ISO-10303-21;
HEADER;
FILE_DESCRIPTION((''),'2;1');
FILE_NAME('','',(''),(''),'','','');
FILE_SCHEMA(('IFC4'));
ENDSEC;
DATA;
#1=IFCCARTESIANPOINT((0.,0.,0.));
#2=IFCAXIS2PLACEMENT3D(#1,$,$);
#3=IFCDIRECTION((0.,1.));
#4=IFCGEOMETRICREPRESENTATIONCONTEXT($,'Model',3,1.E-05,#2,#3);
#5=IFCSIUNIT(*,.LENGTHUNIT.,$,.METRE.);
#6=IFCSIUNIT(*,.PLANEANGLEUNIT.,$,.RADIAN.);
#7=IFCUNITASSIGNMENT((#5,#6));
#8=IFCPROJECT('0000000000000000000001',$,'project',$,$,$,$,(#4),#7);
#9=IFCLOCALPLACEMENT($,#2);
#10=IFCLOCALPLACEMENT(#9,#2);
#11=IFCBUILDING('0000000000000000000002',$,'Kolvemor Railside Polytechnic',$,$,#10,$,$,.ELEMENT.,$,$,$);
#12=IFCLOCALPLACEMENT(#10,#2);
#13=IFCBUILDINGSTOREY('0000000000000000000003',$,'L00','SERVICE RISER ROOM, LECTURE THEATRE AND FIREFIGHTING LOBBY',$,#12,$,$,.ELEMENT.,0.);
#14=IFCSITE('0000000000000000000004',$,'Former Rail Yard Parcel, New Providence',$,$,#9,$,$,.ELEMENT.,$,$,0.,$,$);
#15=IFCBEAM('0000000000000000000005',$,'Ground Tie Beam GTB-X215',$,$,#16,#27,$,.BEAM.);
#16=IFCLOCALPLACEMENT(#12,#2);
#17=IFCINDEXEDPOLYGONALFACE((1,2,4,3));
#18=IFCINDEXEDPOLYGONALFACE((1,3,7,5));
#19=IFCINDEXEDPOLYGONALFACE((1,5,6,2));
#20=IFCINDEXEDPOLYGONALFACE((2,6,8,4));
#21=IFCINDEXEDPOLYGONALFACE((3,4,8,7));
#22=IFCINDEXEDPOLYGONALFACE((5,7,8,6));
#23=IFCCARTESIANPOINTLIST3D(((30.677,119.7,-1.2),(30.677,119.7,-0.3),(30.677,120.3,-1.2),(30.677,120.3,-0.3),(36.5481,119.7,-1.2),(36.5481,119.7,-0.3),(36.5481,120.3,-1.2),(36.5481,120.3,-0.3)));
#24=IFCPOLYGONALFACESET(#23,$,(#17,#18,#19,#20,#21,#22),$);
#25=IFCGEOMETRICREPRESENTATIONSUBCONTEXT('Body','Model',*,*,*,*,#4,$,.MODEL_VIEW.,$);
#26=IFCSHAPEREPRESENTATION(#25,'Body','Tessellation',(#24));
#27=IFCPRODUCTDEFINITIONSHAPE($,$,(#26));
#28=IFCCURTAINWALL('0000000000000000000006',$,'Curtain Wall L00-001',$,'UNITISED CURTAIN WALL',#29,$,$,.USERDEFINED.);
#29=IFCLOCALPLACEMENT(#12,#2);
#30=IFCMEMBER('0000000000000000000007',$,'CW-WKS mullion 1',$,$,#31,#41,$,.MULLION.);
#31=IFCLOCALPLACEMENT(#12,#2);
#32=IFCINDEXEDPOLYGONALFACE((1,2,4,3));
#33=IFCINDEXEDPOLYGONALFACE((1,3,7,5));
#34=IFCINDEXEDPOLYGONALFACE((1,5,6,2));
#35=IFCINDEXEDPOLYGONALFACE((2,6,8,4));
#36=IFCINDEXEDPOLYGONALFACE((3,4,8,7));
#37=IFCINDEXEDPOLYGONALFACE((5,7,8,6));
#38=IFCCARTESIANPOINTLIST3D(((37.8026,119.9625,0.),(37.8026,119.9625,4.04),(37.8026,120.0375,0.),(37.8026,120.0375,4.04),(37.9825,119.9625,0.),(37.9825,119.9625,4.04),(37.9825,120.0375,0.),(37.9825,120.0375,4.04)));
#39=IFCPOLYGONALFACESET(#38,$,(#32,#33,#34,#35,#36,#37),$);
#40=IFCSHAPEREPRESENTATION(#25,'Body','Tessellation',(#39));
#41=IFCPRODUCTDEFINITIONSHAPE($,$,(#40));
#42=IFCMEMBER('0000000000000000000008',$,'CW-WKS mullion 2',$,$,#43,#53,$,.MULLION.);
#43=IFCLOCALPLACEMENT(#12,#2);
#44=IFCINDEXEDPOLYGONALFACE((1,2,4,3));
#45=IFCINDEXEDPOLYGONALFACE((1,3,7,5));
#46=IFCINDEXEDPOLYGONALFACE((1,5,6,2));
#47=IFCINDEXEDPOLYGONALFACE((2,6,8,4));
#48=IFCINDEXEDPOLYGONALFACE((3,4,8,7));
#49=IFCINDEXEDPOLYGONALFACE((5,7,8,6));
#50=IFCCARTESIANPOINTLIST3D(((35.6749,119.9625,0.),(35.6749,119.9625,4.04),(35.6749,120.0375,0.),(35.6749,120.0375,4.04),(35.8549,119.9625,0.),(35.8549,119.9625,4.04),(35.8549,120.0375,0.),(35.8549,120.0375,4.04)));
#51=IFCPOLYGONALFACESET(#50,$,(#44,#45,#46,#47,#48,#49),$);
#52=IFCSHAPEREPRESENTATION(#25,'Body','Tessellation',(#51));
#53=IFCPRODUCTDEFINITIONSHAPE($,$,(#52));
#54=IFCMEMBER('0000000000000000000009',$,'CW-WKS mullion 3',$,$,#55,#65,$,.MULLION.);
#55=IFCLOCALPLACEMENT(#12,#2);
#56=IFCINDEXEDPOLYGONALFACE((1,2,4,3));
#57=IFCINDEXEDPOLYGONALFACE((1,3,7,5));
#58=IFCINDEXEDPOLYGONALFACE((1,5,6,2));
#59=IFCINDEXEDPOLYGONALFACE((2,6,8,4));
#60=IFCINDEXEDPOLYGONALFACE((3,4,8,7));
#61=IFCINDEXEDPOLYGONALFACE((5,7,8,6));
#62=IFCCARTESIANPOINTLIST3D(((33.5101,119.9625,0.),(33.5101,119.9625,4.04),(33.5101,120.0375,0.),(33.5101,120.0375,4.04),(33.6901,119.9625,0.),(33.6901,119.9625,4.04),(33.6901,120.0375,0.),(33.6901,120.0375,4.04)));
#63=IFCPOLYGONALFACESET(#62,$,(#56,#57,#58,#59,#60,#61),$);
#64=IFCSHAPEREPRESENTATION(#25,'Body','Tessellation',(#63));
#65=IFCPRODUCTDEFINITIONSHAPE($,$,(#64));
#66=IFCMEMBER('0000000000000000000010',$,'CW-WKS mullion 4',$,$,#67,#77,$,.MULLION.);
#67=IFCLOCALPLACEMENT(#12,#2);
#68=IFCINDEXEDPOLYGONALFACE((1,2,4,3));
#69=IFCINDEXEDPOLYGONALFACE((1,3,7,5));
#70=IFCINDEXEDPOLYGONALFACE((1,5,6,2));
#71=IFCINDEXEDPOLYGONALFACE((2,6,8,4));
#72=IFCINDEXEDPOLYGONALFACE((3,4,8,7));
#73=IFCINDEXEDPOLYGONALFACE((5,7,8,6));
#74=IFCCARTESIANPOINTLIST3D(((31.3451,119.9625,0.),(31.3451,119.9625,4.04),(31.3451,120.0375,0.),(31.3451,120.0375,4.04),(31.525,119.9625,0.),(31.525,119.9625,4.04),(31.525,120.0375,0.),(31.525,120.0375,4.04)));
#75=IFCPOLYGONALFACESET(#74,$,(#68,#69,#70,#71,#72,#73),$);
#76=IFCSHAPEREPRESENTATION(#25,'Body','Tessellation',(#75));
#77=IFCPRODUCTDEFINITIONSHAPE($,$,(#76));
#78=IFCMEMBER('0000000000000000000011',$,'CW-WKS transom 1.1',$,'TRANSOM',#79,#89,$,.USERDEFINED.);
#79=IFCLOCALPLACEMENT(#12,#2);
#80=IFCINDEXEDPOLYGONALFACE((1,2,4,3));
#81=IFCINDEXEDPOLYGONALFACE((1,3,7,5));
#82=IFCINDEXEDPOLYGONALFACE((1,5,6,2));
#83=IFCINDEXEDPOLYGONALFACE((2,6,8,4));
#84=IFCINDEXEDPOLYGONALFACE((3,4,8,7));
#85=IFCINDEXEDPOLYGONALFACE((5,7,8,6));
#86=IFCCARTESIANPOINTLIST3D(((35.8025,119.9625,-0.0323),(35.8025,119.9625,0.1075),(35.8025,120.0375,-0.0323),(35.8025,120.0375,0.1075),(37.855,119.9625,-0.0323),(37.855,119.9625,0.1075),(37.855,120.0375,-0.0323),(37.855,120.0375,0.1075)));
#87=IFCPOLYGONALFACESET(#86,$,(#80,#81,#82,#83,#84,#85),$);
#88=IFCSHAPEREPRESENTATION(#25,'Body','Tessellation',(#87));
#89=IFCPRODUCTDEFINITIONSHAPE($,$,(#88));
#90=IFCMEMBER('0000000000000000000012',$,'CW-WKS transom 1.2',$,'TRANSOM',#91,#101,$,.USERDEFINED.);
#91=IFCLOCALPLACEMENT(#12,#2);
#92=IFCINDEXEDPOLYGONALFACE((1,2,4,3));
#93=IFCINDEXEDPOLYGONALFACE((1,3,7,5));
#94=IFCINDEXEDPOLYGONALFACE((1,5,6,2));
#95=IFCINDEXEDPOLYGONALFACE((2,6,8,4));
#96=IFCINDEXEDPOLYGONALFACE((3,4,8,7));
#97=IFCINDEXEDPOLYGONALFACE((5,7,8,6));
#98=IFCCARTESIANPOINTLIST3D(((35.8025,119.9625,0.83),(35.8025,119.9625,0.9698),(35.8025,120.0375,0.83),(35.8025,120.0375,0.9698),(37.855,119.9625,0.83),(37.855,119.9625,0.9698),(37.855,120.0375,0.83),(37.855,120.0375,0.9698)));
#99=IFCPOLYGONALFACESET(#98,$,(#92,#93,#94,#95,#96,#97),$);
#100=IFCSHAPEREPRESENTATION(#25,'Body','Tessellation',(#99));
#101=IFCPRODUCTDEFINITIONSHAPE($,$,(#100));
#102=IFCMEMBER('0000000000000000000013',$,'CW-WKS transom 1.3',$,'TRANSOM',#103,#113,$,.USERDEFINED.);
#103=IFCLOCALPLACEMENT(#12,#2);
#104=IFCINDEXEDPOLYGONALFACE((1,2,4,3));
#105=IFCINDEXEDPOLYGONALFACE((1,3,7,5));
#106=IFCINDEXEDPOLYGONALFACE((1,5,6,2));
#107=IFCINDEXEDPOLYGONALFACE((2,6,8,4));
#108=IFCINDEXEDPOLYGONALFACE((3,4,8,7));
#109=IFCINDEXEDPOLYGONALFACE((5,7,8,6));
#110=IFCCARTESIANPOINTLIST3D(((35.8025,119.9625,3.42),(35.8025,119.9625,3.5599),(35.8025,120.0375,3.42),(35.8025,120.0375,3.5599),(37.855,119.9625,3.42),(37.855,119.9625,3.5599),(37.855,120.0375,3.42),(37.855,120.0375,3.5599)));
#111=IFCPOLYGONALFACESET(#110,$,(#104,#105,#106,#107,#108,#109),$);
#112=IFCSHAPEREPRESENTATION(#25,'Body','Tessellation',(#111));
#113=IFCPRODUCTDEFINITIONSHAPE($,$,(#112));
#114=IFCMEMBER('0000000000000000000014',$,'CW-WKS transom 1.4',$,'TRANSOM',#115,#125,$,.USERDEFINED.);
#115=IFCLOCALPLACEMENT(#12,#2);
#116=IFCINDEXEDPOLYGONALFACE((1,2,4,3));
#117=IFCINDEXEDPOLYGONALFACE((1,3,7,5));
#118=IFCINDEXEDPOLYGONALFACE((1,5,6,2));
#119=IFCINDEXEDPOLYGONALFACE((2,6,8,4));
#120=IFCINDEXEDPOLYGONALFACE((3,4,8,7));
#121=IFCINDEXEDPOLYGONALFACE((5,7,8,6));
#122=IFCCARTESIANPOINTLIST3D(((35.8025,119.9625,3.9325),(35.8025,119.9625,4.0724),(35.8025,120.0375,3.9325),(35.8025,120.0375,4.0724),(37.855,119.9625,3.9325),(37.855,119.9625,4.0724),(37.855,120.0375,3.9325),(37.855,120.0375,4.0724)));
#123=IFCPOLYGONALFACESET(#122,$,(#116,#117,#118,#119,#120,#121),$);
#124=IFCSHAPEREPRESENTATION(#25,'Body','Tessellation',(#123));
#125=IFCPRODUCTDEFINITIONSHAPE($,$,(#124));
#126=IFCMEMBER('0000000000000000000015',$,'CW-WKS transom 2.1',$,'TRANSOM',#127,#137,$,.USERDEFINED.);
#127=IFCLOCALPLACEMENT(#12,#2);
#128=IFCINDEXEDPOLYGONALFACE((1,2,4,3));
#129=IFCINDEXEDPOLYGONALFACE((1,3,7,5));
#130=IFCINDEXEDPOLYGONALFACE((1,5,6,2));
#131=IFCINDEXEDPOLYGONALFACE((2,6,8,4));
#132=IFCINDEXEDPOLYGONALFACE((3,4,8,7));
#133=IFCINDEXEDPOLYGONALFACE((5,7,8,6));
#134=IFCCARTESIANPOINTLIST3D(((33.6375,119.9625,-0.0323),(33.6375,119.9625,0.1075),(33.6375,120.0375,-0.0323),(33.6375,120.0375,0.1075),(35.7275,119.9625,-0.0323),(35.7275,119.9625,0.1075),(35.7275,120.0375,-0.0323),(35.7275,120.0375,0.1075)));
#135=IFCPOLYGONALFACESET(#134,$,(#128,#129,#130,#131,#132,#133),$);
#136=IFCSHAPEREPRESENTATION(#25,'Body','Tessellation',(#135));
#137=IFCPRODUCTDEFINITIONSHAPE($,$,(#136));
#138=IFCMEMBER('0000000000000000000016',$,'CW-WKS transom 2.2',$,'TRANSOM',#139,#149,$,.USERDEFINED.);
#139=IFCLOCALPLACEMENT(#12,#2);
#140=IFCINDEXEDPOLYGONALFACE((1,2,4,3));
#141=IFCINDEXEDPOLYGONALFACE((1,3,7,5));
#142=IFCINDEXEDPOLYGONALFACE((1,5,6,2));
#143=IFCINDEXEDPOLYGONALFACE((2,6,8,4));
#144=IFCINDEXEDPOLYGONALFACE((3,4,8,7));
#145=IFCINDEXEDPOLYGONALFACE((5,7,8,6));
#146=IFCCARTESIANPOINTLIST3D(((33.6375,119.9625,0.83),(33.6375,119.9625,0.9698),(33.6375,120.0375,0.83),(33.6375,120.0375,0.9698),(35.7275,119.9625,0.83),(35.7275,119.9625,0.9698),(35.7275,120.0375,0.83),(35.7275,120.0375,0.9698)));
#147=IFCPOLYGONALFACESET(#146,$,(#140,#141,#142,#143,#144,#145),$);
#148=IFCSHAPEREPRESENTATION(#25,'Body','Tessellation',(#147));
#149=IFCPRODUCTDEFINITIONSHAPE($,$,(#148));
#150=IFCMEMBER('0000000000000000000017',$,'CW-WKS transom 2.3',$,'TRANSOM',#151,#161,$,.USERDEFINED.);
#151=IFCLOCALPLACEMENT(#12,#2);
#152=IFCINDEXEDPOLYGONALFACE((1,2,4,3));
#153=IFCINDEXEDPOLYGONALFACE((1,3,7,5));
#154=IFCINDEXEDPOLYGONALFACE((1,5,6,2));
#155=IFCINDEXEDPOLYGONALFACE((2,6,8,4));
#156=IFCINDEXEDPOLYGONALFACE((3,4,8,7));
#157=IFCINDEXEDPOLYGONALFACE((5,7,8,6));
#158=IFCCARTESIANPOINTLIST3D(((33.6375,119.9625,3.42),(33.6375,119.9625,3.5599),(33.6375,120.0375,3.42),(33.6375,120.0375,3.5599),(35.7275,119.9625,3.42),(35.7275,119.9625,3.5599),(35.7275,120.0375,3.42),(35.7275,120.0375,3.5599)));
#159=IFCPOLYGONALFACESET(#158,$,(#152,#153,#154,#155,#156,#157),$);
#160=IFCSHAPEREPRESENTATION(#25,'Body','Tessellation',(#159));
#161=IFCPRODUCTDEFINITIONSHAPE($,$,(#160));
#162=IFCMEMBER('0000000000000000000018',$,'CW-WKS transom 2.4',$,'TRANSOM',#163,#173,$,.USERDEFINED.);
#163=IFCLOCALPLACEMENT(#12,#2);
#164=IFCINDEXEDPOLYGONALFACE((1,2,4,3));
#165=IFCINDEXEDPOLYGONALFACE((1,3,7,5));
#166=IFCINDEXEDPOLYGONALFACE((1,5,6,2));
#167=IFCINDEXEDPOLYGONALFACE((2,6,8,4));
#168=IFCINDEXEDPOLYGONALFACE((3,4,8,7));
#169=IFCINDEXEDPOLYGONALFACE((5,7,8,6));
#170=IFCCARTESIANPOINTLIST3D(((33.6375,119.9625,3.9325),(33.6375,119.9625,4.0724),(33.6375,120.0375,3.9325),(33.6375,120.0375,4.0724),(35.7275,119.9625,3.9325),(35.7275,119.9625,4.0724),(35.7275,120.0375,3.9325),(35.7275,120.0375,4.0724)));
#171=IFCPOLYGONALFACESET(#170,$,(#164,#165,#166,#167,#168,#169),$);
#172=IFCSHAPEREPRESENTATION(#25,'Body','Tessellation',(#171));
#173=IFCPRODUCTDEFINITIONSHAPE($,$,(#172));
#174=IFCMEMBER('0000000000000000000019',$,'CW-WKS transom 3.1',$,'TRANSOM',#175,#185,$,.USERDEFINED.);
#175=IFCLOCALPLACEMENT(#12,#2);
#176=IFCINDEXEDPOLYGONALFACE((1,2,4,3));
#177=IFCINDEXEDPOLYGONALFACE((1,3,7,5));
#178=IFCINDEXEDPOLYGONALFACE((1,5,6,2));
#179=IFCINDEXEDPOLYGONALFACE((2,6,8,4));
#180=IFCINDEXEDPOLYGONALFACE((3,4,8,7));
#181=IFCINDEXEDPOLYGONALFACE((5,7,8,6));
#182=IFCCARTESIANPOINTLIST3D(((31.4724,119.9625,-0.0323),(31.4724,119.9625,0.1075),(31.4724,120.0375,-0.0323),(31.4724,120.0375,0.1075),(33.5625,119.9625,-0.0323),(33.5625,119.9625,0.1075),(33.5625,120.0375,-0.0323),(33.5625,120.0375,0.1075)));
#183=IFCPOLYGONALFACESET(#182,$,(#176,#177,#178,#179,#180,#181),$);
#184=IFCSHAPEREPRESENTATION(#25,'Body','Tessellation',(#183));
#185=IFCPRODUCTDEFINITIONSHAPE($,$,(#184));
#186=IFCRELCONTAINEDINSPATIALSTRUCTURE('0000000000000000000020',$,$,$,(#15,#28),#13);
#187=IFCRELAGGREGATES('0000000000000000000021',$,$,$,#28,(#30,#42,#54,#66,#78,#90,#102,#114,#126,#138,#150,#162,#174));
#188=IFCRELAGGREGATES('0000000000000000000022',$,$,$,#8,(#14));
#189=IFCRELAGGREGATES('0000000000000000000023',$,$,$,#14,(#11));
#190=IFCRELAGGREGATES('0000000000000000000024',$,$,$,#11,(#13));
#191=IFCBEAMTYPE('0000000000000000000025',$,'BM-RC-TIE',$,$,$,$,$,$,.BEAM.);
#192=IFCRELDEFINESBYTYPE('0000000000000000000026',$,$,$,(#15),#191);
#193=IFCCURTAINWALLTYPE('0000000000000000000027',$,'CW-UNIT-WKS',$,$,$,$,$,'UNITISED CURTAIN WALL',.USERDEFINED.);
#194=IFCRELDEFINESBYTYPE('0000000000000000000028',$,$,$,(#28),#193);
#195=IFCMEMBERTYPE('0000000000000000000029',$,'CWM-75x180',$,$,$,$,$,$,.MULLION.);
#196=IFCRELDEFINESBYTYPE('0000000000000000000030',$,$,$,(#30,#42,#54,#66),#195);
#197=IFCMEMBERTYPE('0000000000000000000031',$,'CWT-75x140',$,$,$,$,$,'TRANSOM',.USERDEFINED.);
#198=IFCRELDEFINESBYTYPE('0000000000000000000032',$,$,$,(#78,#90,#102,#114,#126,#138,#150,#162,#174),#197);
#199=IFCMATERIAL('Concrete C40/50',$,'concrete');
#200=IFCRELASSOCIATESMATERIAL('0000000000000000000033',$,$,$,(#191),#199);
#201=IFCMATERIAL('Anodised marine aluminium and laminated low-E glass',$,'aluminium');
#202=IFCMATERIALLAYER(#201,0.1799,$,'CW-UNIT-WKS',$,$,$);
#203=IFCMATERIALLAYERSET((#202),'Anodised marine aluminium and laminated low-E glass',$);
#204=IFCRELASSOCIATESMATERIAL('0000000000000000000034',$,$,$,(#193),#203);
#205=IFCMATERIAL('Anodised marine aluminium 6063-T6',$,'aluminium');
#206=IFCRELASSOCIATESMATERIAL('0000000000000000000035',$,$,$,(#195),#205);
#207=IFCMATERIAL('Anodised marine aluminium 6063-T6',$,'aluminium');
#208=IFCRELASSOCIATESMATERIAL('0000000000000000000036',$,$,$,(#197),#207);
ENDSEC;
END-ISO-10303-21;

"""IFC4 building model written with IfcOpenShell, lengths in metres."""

from ifc_helpers import new_model, si_unit, direction, frame, origin, origin_2d, place, context, subcontext, project, spatial, rectangle, extrude, material, layer, layer_set, material_profile, profile_set, type_object, element, aggregate, save


model = new_model("IFC4")

# Units and contexts
model_context = context("Model", 3, precision=1e-05, world=origin(), true_north=direction((0.0, 1.0)))
body_context = subcontext(model_context, "Body", "Model", "MODEL_VIEW")
ifc_project = project(units=[si_unit("LENGTHUNIT", "METRE"), si_unit("PLANEANGLEUNIT", "RADIAN")], contexts=[model_context])

# Site, building, storey
site_placement = place(None, origin())
site = spatial("IfcSite", under=ifc_project, at=site_placement, Name="Former Rail Yard Parcel, New Providence", CompositionType="ELEMENT", RefElevation=0.0)
building_placement = place(site_placement, origin())
building = spatial("IfcBuilding", under=site, at=building_placement, Name="Kolvemor Railside Polytechnic", CompositionType="ELEMENT")
storey_placement = place(building_placement, origin())
storey = spatial("IfcBuildingStorey", under=building, at=storey_placement, Name="L00", Description="SERVICE RISER ROOM, LECTURE THEATRE AND FIREFIGHTING LOBBY", CompositionType="ELEMENT", Elevation=0.0)

# Beam
ifc_material_1 = material(Name="Concrete C40/50", Category="concrete")
ifc_material_profile_1 = material_profile(ifc_material_1, rectangle(XDim=0.6001, YDim=0.8999, at=origin_2d()), Name="RC600x900")
ifc_profile_set_1 = profile_set([ifc_material_profile_1], Name="Concrete C40/50")
beam_type = type_object("IfcBeamType", Name="BM-RC-TIE", PredefinedType="BEAM", material=ifc_profile_set_1)
beam_placement = place(storey_placement, frame((30.677, 120.0, -0.75), z_axis=(1.0, 0.0, 0.0), x_axis=(0.0, 1.0, 0.0)))
element("IfcBeam", 1, at=beam_placement, inside=storey, type_object=beam_type, Name="Ground Tie Beam GTB-X215", PredefinedType="BEAM", context=body_context, shape_type="SweptSolid", body=[
    extrude(rectangle(XDim=0.6001, YDim=0.8999, at=origin_2d()), origin(), (0.0, 0.0, 1.0), 5.8711),
])

# Curtain wall, members
ifc_material_2 = material(Name="Anodised marine aluminium and laminated low-E glass", Category="aluminium")
ifc_layer_1 = layer(ifc_material_2, 0.1799, Name="CW-UNIT-WKS")
ifc_layer_set_1 = layer_set([ifc_layer_1], Name="Anodised marine aluminium and laminated low-E glass")
curtain_wall_type = type_object("IfcCurtainWallType", Name="CW-UNIT-WKS", ElementType="UNITISED CURTAIN WALL", PredefinedType="USERDEFINED", material=ifc_layer_set_1)
curtain_wall_placement = place(storey_placement, origin())
curtain_wall = element("IfcCurtainWall", 2, at=curtain_wall_placement, inside=storey, type_object=curtain_wall_type, Name="Curtain Wall L00-001", ObjectType="UNITISED CURTAIN WALL", PredefinedType="USERDEFINED")
ifc_material_3 = material(Name="Anodised marine aluminium 6063-T6", Category="aluminium")
ifc_material_profile_2 = material_profile(ifc_material_3, rectangle(XDim=0.075, YDim=0.1799, at=origin_2d()), Name="CW-MUL-75x180")
ifc_profile_set_2 = profile_set([ifc_material_profile_2], Name="Anodised marine aluminium 6063-T6")
member_type_1 = type_object("IfcMemberType", Name="CWM-75x180", PredefinedType="MULLION", material=ifc_profile_set_2)
member_1_placement = place(storey_placement, frame((37.8926, 120.0, 0.0), z_axis=(0.0, 0.0, 1.0), x_axis=(0.0, -1.0, 0.0)))
member_1 = element("IfcMember", 3, at=member_1_placement, type_object=member_type_1, Name="CW-WKS mullion 1", PredefinedType="MULLION", context=body_context, shape_type="SweptSolid", body=[
    extrude(rectangle(XDim=0.075, YDim=0.1799, at=origin_2d()), origin(), (0.0, 0.0, 1.0), 4.04),
])
member_2_placement = place(storey_placement, frame((35.7649, 120.0, 0.0), z_axis=(0.0, 0.0, 1.0), x_axis=(0.0, -1.0, 0.0)))
member_2 = element("IfcMember", 4, at=member_2_placement, type_object=member_type_1, Name="CW-WKS mullion 2", PredefinedType="MULLION", context=body_context, shape_type="SweptSolid", body=[
    extrude(rectangle(XDim=0.075, YDim=0.1799, at=origin_2d()), origin(), (0.0, 0.0, 1.0), 4.04),
])
member_3_placement = place(storey_placement, frame((33.6001, 120.0, 0.0), z_axis=(0.0, 0.0, 1.0), x_axis=(0.0, -1.0, 0.0)))
member_3 = element("IfcMember", 5, at=member_3_placement, type_object=member_type_1, Name="CW-WKS mullion 3", PredefinedType="MULLION", context=body_context, shape_type="SweptSolid", body=[
    extrude(rectangle(XDim=0.075, YDim=0.1799, at=origin_2d()), origin(), (0.0, 0.0, 1.0), 4.04),
])
member_4_placement = place(storey_placement, frame((31.4351, 120.0, 0.0), z_axis=(0.0, 0.0, 1.0), x_axis=(0.0, -1.0, 0.0)))
member_4 = element("IfcMember", 6, at=member_4_placement, type_object=member_type_1, Name="CW-WKS mullion 4", PredefinedType="MULLION", context=body_context, shape_type="SweptSolid", body=[
    extrude(rectangle(XDim=0.075, YDim=0.1799, at=origin_2d()), origin(), (0.0, 0.0, 1.0), 4.04),
])
ifc_material_4 = material(Name="Anodised marine aluminium 6063-T6", Category="aluminium")
ifc_material_profile_3 = material_profile(ifc_material_4, rectangle(XDim=0.075, YDim=0.1399, at=origin_2d()), Name="CW-TRN-75x140")
ifc_profile_set_3 = profile_set([ifc_material_profile_3], Name="Anodised marine aluminium 6063-T6")
member_type_2 = type_object("IfcMemberType", Name="CWT-75x140", ElementType="TRANSOM", PredefinedType="USERDEFINED", material=ifc_profile_set_3)
member_5_placement = place(storey_placement, frame((37.855, 120.0, 0.0376), z_axis=(-1.0, 0.0, 0.0), x_axis=(0.0, -1.0, 0.0)))
member_5 = element("IfcMember", 7, at=member_5_placement, type_object=member_type_2, Name="CW-WKS transom 1.1", ObjectType="TRANSOM", PredefinedType="USERDEFINED", context=body_context, shape_type="SweptSolid", body=[
    extrude(rectangle(XDim=0.075, YDim=0.1399, at=origin_2d()), origin(), (0.0, 0.0, 1.0), 2.0525),
])
member_6_placement = place(storey_placement, frame((37.855, 120.0, 0.8999), z_axis=(-1.0, 0.0, 0.0), x_axis=(0.0, -1.0, 0.0)))
member_6 = element("IfcMember", 8, at=member_6_placement, type_object=member_type_2, Name="CW-WKS transom 1.2", ObjectType="TRANSOM", PredefinedType="USERDEFINED", context=body_context, shape_type="SweptSolid", body=[
    extrude(rectangle(XDim=0.075, YDim=0.1399, at=origin_2d()), origin(), (0.0, 0.0, 1.0), 2.0525),
])
member_7_placement = place(storey_placement, frame((37.855, 120.0, 3.49), z_axis=(-1.0, 0.0, 0.0), x_axis=(0.0, -1.0, 0.0)))
member_7 = element("IfcMember", 9, at=member_7_placement, type_object=member_type_2, Name="CW-WKS transom 1.3", ObjectType="TRANSOM", PredefinedType="USERDEFINED", context=body_context, shape_type="SweptSolid", body=[
    extrude(rectangle(XDim=0.075, YDim=0.1399, at=origin_2d()), origin(), (0.0, 0.0, 1.0), 2.0525),
])
member_8_placement = place(storey_placement, frame((37.855, 120.0, 4.0024), z_axis=(-1.0, 0.0, 0.0), x_axis=(0.0, -1.0, 0.0)))
member_8 = element("IfcMember", 10, at=member_8_placement, type_object=member_type_2, Name="CW-WKS transom 1.4", ObjectType="TRANSOM", PredefinedType="USERDEFINED", context=body_context, shape_type="SweptSolid", body=[
    extrude(rectangle(XDim=0.075, YDim=0.1399, at=origin_2d()), origin(), (0.0, 0.0, 1.0), 2.0525),
])
member_9_placement = place(storey_placement, frame((35.7275, 120.0, 0.0376), z_axis=(-1.0, 0.0, 0.0), x_axis=(0.0, -1.0, 0.0)))
member_9 = element("IfcMember", 11, at=member_9_placement, type_object=member_type_2, Name="CW-WKS transom 2.1", ObjectType="TRANSOM", PredefinedType="USERDEFINED", context=body_context, shape_type="SweptSolid", body=[
    extrude(rectangle(XDim=0.075, YDim=0.1399, at=origin_2d()), origin(), (0.0, 0.0, 1.0), 2.0901),
])
member_10_placement = place(storey_placement, frame((35.7275, 120.0, 0.8999), z_axis=(-1.0, 0.0, 0.0), x_axis=(0.0, -1.0, 0.0)))
member_10 = element("IfcMember", 12, at=member_10_placement, type_object=member_type_2, Name="CW-WKS transom 2.2", ObjectType="TRANSOM", PredefinedType="USERDEFINED", context=body_context, shape_type="SweptSolid", body=[
    extrude(rectangle(XDim=0.075, YDim=0.1399, at=origin_2d()), origin(), (0.0, 0.0, 1.0), 2.0901),
])
member_11_placement = place(storey_placement, frame((35.7275, 120.0, 3.49), z_axis=(-1.0, 0.0, 0.0), x_axis=(0.0, -1.0, 0.0)))
member_11 = element("IfcMember", 13, at=member_11_placement, type_object=member_type_2, Name="CW-WKS transom 2.3", ObjectType="TRANSOM", PredefinedType="USERDEFINED", context=body_context, shape_type="SweptSolid", body=[
    extrude(rectangle(XDim=0.075, YDim=0.1399, at=origin_2d()), origin(), (0.0, 0.0, 1.0), 2.0901),
])
member_12_placement = place(storey_placement, frame((35.7275, 120.0, 4.0024), z_axis=(-1.0, 0.0, 0.0), x_axis=(0.0, -1.0, 0.0)))
member_12 = element("IfcMember", 14, at=member_12_placement, type_object=member_type_2, Name="CW-WKS transom 2.4", ObjectType="TRANSOM", PredefinedType="USERDEFINED", context=body_context, shape_type="SweptSolid", body=[
    extrude(rectangle(XDim=0.075, YDim=0.1399, at=origin_2d()), origin(), (0.0, 0.0, 1.0), 2.0901),
])
member_13_placement = place(storey_placement, frame((33.5625, 120.0, 0.0376), z_axis=(-1.0, 0.0, 0.0), x_axis=(0.0, -1.0, 0.0)))
member_13 = element("IfcMember", 15, at=member_13_placement, type_object=member_type_2, Name="CW-WKS transom 3.1", ObjectType="TRANSOM", PredefinedType="USERDEFINED", context=body_context, shape_type="SweptSolid", body=[
    extrude(rectangle(XDim=0.075, YDim=0.1399, at=origin_2d()), origin(), (0.0, 0.0, 1.0), 2.0901),
])
aggregate(curtain_wall, [member_1, member_2, member_3, member_4, member_5, member_6, member_7, member_8, member_9, member_10, member_11, member_12, member_13])

save(model, "model.ifc")
